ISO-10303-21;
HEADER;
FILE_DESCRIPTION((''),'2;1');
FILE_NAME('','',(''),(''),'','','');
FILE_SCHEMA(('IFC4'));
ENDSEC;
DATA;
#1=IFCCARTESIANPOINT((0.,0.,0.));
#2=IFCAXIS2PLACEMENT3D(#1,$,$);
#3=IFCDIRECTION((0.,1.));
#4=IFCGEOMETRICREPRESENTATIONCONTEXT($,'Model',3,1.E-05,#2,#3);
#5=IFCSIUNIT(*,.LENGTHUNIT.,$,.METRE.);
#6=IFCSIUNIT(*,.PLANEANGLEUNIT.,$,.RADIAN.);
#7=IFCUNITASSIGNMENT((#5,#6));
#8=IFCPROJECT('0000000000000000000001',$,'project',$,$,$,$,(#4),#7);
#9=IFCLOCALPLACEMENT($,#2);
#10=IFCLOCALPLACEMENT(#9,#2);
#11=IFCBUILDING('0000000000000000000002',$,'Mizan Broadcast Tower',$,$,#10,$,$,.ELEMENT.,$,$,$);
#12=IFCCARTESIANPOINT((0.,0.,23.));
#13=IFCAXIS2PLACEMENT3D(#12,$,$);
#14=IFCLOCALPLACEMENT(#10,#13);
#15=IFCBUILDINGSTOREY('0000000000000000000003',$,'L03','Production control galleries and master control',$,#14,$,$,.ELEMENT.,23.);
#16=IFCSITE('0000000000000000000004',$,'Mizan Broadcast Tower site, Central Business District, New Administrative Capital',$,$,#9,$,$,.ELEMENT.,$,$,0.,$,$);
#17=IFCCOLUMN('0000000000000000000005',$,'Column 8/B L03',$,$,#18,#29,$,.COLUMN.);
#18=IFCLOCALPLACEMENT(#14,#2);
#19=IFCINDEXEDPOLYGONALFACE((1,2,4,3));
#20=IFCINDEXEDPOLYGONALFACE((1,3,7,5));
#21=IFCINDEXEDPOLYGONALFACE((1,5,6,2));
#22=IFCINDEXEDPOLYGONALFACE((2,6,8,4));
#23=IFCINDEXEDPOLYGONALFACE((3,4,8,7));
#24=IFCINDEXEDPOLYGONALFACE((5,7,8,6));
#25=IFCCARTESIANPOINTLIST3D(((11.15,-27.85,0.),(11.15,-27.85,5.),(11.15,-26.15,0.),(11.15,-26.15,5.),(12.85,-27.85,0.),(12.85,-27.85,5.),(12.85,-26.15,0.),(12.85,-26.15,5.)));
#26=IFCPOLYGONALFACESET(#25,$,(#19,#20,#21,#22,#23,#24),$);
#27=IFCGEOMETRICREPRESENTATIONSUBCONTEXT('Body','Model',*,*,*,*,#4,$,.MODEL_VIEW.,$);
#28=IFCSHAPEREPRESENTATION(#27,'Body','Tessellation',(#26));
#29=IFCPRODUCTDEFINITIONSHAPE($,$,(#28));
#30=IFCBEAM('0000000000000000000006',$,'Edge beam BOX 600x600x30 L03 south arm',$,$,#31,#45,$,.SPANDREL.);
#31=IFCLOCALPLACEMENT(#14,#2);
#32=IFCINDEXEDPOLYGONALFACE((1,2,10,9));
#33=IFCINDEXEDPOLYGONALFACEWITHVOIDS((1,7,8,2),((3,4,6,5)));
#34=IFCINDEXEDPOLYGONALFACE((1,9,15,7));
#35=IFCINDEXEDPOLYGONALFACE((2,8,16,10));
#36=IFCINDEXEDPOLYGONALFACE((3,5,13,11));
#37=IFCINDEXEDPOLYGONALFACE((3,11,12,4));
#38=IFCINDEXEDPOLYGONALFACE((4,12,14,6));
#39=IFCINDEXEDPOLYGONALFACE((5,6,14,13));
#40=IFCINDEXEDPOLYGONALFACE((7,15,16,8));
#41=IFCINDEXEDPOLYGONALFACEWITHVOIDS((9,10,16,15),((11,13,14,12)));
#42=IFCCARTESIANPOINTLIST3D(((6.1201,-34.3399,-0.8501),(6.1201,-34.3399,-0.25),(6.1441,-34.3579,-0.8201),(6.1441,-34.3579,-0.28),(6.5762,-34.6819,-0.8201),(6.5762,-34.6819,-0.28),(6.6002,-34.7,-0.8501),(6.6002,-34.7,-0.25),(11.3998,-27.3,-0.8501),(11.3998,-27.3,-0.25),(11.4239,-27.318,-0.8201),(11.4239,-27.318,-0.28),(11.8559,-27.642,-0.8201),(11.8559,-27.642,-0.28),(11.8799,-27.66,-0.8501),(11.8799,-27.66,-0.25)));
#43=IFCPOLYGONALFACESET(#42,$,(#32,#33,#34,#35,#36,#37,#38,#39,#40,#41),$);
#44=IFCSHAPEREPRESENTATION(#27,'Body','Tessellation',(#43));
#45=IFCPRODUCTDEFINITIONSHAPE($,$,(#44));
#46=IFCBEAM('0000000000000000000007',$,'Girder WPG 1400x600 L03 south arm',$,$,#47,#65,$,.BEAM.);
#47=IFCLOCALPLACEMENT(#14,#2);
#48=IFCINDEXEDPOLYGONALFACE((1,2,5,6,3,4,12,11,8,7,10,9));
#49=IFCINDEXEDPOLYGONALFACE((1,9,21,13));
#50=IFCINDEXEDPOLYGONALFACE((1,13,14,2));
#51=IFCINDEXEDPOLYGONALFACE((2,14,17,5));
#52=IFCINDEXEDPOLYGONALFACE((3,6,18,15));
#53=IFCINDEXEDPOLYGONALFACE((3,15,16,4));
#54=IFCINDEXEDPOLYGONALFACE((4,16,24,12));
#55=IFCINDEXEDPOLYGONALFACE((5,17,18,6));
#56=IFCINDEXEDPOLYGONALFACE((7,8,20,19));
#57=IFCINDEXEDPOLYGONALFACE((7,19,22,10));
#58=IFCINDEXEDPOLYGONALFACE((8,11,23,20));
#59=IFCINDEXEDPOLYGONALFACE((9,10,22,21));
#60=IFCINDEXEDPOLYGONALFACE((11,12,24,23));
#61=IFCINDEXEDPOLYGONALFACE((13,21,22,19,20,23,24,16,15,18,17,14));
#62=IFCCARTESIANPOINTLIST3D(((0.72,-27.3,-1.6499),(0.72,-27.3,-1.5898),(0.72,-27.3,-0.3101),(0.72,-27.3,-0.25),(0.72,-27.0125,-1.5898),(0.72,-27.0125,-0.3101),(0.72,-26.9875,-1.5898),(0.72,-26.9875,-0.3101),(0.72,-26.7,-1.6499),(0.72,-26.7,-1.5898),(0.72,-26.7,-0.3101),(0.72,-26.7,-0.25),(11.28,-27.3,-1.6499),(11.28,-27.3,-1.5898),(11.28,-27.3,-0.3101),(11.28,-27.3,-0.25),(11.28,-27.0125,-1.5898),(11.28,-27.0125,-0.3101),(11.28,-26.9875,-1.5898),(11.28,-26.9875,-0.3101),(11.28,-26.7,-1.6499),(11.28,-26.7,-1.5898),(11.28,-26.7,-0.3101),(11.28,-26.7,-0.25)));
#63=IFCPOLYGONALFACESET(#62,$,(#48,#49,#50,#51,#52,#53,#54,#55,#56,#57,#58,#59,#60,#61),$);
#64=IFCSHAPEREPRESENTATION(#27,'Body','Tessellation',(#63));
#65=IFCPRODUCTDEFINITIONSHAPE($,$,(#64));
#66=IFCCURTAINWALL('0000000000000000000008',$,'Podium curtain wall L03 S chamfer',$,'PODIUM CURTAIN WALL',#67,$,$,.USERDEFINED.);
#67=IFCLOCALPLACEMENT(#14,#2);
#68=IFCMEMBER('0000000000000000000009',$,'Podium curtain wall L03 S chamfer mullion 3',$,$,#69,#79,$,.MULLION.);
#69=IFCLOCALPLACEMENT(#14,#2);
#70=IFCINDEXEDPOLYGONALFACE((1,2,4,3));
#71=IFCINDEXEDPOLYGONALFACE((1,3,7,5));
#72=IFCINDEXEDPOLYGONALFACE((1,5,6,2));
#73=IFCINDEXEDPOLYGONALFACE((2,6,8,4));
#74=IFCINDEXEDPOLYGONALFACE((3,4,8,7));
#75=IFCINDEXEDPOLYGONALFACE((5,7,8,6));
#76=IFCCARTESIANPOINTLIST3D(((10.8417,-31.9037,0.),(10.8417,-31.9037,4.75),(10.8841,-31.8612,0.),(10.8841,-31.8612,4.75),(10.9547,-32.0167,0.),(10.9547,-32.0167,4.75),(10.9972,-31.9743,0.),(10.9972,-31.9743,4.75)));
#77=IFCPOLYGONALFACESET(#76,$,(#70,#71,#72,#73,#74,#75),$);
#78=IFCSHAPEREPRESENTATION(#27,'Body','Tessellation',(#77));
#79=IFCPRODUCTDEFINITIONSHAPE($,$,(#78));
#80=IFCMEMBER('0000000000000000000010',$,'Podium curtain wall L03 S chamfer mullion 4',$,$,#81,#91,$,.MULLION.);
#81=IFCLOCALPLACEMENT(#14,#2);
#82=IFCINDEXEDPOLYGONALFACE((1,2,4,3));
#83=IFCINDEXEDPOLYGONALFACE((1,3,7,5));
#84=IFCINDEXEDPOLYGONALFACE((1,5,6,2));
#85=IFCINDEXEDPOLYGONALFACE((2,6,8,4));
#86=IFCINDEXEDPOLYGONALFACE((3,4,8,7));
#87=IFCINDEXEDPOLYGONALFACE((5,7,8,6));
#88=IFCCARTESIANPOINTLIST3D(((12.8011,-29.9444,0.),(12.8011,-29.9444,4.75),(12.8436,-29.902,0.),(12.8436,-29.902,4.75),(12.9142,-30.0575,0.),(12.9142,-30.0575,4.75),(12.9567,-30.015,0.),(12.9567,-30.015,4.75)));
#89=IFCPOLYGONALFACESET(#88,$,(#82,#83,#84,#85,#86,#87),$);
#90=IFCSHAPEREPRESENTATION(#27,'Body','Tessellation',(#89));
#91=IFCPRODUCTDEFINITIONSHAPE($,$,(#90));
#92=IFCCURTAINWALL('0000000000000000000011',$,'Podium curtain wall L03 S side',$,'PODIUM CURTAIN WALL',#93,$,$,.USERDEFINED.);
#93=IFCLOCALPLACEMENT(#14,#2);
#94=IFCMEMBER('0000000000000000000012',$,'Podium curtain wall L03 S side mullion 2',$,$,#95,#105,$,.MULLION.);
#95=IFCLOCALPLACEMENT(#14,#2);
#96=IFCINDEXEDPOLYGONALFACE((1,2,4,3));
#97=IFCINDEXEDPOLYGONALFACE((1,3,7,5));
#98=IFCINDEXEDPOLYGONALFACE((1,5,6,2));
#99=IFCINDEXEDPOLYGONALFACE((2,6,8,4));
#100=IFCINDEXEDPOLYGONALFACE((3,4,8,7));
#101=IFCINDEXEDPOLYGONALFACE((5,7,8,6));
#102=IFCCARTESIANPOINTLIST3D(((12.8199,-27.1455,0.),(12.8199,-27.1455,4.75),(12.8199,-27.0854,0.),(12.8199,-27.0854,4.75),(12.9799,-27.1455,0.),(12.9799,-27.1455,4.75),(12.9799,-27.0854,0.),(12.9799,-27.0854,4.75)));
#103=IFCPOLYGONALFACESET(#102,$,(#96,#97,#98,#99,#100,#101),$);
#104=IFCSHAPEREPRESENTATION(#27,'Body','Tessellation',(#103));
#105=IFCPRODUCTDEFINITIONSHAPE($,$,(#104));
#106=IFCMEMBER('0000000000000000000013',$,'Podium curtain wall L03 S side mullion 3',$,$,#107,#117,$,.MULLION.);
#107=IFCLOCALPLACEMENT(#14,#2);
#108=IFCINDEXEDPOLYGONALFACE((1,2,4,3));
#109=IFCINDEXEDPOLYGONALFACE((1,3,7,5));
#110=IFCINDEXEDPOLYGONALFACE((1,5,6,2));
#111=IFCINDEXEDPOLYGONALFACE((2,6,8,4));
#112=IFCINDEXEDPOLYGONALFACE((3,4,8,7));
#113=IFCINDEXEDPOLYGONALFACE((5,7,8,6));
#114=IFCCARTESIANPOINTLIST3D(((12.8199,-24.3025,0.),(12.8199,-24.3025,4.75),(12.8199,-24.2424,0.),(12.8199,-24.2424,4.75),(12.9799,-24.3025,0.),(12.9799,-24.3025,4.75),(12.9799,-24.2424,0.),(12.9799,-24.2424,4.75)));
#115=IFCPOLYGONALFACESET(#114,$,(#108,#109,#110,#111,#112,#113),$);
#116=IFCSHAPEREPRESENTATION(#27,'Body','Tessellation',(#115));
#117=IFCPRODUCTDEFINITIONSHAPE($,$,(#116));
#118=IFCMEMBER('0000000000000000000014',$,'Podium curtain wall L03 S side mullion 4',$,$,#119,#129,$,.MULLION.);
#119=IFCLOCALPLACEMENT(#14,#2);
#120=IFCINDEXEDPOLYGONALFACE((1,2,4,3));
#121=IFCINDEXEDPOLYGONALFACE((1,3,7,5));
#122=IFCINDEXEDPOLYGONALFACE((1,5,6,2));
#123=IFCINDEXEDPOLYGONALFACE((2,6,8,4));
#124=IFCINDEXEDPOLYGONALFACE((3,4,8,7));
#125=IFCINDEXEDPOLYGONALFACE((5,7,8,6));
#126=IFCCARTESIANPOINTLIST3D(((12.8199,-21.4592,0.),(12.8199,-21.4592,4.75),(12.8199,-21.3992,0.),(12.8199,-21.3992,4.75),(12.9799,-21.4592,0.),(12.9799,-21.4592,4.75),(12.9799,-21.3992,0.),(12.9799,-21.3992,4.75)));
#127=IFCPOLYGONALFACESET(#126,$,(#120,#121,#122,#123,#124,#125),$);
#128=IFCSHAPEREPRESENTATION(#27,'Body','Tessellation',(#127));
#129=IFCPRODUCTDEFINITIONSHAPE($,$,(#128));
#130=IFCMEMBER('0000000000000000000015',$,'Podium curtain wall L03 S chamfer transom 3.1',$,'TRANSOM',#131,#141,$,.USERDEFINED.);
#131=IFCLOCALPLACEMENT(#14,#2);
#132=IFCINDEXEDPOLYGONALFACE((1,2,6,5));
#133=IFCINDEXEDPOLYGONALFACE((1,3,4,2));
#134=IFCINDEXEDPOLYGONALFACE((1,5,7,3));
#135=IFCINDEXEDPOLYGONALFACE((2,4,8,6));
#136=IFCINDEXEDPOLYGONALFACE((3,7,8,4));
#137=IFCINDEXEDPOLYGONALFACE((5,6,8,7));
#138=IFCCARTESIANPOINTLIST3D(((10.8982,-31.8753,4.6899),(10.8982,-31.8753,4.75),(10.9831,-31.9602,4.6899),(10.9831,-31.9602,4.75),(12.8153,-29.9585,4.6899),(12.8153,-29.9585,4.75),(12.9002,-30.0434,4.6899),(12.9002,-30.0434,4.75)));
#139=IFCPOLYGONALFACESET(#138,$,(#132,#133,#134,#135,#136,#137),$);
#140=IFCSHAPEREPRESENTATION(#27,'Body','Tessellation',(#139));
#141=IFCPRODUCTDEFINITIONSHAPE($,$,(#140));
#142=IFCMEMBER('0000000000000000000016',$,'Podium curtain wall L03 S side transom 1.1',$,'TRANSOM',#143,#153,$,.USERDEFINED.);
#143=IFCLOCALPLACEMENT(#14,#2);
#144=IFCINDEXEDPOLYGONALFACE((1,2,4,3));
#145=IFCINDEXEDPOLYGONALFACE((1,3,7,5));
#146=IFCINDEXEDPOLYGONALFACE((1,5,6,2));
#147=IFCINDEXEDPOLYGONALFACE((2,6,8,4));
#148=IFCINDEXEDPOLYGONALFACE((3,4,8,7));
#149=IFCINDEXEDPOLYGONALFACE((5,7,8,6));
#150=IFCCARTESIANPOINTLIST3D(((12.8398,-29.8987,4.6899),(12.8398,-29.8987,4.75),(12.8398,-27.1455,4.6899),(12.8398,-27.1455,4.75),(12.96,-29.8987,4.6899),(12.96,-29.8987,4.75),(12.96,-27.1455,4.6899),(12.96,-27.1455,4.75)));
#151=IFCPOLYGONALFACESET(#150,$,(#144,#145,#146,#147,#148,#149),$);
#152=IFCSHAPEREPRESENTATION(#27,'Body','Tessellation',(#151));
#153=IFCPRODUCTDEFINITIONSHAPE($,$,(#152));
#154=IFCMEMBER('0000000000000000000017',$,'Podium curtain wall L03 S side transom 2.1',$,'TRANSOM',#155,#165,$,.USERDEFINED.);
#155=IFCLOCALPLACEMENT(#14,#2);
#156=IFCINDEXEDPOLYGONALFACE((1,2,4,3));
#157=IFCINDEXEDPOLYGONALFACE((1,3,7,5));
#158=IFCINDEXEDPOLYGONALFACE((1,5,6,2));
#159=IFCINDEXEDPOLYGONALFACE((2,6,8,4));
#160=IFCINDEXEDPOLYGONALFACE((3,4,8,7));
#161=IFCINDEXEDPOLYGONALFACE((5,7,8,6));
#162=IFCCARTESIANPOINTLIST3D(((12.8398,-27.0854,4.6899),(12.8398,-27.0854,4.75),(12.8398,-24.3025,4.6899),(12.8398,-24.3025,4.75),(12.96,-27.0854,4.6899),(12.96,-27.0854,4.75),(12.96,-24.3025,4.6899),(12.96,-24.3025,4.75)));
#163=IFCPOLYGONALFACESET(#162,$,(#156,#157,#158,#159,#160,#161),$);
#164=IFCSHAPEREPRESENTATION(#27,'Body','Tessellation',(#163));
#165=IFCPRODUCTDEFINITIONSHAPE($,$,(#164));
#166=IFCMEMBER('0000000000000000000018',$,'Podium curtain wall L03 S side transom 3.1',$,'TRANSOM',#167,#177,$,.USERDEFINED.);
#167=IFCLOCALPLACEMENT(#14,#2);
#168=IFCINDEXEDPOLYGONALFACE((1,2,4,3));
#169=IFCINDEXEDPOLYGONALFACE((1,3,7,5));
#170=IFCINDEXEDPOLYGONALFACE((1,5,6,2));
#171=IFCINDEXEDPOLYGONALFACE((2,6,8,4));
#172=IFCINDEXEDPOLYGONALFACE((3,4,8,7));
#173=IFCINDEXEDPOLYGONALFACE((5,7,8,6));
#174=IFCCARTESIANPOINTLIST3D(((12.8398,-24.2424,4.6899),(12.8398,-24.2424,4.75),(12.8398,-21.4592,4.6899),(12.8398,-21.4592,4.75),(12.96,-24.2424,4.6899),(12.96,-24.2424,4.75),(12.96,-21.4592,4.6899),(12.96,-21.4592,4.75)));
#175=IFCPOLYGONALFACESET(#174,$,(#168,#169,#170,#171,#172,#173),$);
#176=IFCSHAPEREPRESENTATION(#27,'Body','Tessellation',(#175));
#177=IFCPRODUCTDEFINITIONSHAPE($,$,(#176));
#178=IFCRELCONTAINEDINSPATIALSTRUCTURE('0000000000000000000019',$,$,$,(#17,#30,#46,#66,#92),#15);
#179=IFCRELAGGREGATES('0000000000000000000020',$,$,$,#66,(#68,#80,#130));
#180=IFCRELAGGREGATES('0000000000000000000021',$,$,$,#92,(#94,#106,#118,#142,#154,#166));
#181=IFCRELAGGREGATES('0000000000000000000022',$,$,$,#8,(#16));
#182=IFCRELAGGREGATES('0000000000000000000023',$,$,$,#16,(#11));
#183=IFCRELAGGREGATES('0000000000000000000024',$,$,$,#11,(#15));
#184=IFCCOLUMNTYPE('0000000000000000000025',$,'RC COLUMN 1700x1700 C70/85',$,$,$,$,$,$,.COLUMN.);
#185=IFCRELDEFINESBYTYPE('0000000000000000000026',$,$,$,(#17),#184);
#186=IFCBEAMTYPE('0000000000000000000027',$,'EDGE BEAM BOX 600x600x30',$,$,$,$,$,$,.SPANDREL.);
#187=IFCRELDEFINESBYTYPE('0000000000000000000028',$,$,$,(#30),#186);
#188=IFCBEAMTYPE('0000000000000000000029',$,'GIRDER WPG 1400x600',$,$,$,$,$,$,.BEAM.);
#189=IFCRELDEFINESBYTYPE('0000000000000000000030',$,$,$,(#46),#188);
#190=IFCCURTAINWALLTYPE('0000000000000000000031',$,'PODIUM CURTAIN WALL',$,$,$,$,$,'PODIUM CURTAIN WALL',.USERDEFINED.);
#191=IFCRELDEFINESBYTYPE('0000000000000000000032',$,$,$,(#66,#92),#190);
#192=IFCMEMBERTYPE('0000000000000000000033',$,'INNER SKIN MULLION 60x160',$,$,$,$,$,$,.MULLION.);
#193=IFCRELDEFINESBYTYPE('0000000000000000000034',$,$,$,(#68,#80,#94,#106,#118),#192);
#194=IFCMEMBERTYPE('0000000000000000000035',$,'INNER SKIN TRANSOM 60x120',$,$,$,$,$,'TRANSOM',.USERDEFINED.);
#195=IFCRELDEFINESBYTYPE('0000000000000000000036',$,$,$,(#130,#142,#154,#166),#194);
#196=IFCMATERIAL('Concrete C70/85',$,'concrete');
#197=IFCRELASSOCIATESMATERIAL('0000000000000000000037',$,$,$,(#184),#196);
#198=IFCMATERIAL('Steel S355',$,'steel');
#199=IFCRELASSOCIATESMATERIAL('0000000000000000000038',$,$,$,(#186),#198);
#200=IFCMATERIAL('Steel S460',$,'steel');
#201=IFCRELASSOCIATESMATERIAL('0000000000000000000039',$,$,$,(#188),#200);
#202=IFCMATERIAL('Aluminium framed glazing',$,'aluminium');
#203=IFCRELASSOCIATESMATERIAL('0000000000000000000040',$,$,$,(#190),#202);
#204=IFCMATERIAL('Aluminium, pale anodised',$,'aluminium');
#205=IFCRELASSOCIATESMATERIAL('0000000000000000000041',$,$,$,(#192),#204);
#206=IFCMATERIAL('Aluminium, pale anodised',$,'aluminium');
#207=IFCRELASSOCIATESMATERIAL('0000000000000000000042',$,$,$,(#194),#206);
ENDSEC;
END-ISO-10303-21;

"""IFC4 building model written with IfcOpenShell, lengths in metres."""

from ifc_helpers import new_model, si_unit, direction, frame, origin, origin_2d, place, context, subcontext, project, spatial, rectangle, hollow_rectangle, i_section, extrude, material, material_profile, profile_set, type_object, element, aggregate, save


model = new_model("IFC4")

# Units and contexts
model_context = context("Model", 3, precision=1e-05, world=origin(), true_north=direction((0.0, 1.0)))
body_context = subcontext(model_context, "Body", "Model", "MODEL_VIEW")
ifc_project = project(units=[si_unit("LENGTHUNIT", "METRE"), si_unit("PLANEANGLEUNIT", "RADIAN")], contexts=[model_context])

# Site, building, storey
site_placement = place(None, origin())
site = spatial("IfcSite", under=ifc_project, at=site_placement, Name="Mizan Broadcast Tower site, Central Business District, New Administrative Capital", CompositionType="ELEMENT", RefElevation=0.0)
building_placement = place(site_placement, origin())
building = spatial("IfcBuilding", under=site, at=building_placement, Name="Mizan Broadcast Tower", CompositionType="ELEMENT")
storey_placement = place(building_placement, frame((0.0, 0.0, 23.0)))
storey = spatial("IfcBuildingStorey", under=building, at=storey_placement, Name="L03", Description="Production control galleries and master control", CompositionType="ELEMENT", Elevation=23.0)

# Column
ifc_material_1 = material(Name="Concrete C70/85", Category="concrete")
ifc_material_profile_1 = material_profile(ifc_material_1, rectangle(XDim=1.7, YDim=1.7, at=origin_2d()), Name="RC 1700x1700")
ifc_profile_set_1 = profile_set([ifc_material_profile_1], Name="Concrete C70/85")
column_type = type_object("IfcColumnType", Name="RC COLUMN 1700x1700 C70/85", PredefinedType="COLUMN", material=ifc_profile_set_1)
column_placement = place(storey_placement, frame((12.0, -27.0, 0.0), z_axis=(0.0, 0.0, 1.0), x_axis=(1.0, 0.0, 0.0)))
element("IfcColumn", 1, at=column_placement, inside=storey, type_object=column_type, Name="Column 8/B L03", PredefinedType="COLUMN", context=body_context, shape_type="SweptSolid", body=[
    extrude(rectangle(XDim=1.7, YDim=1.7, at=origin_2d()), origin(), (0.0, 0.0, 1.0), 5.0),
])

# Beams
ifc_material_2 = material(Name="Steel S355", Category="steel")
ifc_material_profile_2 = material_profile(ifc_material_2, hollow_rectangle(XDim=0.6001, YDim=0.6001, WallThickness=0.03, at=origin_2d()), Name="BOX 600x600x30")
ifc_profile_set_2 = profile_set([ifc_material_profile_2], Name="Steel S355")
beam_type_1 = type_object("IfcBeamType", Name="EDGE BEAM BOX 600x600x30", PredefinedType="SPANDREL", material=ifc_profile_set_2)
beam_1_placement = place(storey_placement, frame((11.6399, -27.48, -0.55), z_axis=(-0.599982, -0.800013, 0.0), x_axis=(0.800013, -0.599982, 0.0)))
element("IfcBeam", 2, at=beam_1_placement, inside=storey, type_object=beam_type_1, Name="Edge beam BOX 600x600x30 L03 south arm", PredefinedType="SPANDREL", context=body_context, shape_type="SweptSolid", body=[
    extrude(hollow_rectangle(XDim=0.6001, YDim=0.6001, WallThickness=0.03, at=origin_2d()), origin(), (0.0, 0.0, 1.0), 8.7998),
])
ifc_material_3 = material(Name="Steel S460", Category="steel")
ifc_material_profile_3 = material_profile(ifc_material_3, i_section(OverallWidth=0.6001, OverallDepth=1.3999, WebThickness=0.0249, FlangeThickness=0.0601, at=origin_2d()), Name="WPG 1400x600")
ifc_profile_set_3 = profile_set([ifc_material_profile_3], Name="Steel S460")
beam_type_2 = type_object("IfcBeamType", Name="GIRDER WPG 1400x600", PredefinedType="BEAM", material=ifc_profile_set_3)
beam_2_placement = place(storey_placement, frame((0.72, -27.0, -0.95), z_axis=(1.0, 0.0, 0.0), x_axis=(0.0, 1.0, 0.0)))
element("IfcBeam", 3, at=beam_2_placement, inside=storey, type_object=beam_type_2, Name="Girder WPG 1400x600 L03 south arm", PredefinedType="BEAM", context=body_context, shape_type="SweptSolid", body=[
    extrude(i_section(OverallWidth=0.6001, OverallDepth=1.3999, WebThickness=0.0249, FlangeThickness=0.0601, at=origin_2d()), origin(), (0.0, 0.0, 1.0), 10.5601),
])

# Curtain walls, members
ifc_material_4 = material(Name="Aluminium framed glazing", Category="aluminium")
curtain_wall_type_1 = type_object("IfcCurtainWallType", Name="PODIUM CURTAIN WALL", ElementType="PODIUM CURTAIN WALL", PredefinedType="USERDEFINED", material=ifc_material_4)
curtain_wall_1_placement = place(storey_placement, origin())
curtain_wall_1 = element("IfcCurtainWall", 4, at=curtain_wall_1_placement, inside=storey, type_object=curtain_wall_type_1, Name="Podium curtain wall L03 S chamfer", ObjectType="PODIUM CURTAIN WALL", PredefinedType="USERDEFINED")
ifc_material_5 = material(Name="Aluminium, pale anodised", Category="aluminium")
ifc_material_profile_4 = material_profile(ifc_material_5, rectangle(XDim=0.1599, YDim=0.0601, at=origin_2d()), Name="MULLION 160x60")
ifc_profile_set_4 = profile_set([ifc_material_profile_4], Name="Aluminium, pale anodised")
member_type_1 = type_object("IfcMemberType", Name="INNER SKIN MULLION 60x160", PredefinedType="MULLION", material=ifc_profile_set_4)
member_1_placement = place(storey_placement, frame((10.9194, -31.939, 0.0), z_axis=(0.0, 0.0, 1.0), x_axis=(-0.707107, 0.707107, 0.0)))
member_1 = element("IfcMember", 5, at=member_1_placement, type_object=member_type_1, Name="Podium curtain wall L03 S chamfer mullion 3", PredefinedType="MULLION", context=body_context, shape_type="SweptSolid", body=[
    extrude(rectangle(XDim=0.1599, YDim=0.0601, at=origin_2d()), origin(), (0.0, 0.0, 1.0), 4.75),
])
member_2_placement = place(storey_placement, frame((12.8789, -29.9797, 0.0), z_axis=(0.0, 0.0, 1.0), x_axis=(-0.707107, 0.707107, 0.0)))
member_2 = element("IfcMember", 6, at=member_2_placement, type_object=member_type_1, Name="Podium curtain wall L03 S chamfer mullion 4", PredefinedType="MULLION", context=body_context, shape_type="SweptSolid", body=[
    extrude(rectangle(XDim=0.1599, YDim=0.0601, at=origin_2d()), origin(), (0.0, 0.0, 1.0), 4.75),
])
curtain_wall_2_placement = place(storey_placement, origin())
curtain_wall_2 = element("IfcCurtainWall", 7, at=curtain_wall_2_placement, inside=storey, type_object=curtain_wall_type_1, Name="Podium curtain wall L03 S side", ObjectType="PODIUM CURTAIN WALL", PredefinedType="USERDEFINED")
member_3_placement = place(storey_placement, frame((12.8999, -27.1155, 0.0), z_axis=(0.0, 0.0, 1.0), x_axis=(-1.0, 0.0, 0.0)))
member_3 = element("IfcMember", 8, at=member_3_placement, type_object=member_type_1, Name="Podium curtain wall L03 S side mullion 2", PredefinedType="MULLION", context=body_context, shape_type="SweptSolid", body=[
    extrude(rectangle(XDim=0.1599, YDim=0.0601, at=origin_2d()), origin(), (0.0, 0.0, 1.0), 4.75),
])
member_4_placement = place(storey_placement, frame((12.8999, -24.2725, 0.0), z_axis=(0.0, 0.0, 1.0), x_axis=(-1.0, 0.0, 0.0)))
member_4 = element("IfcMember", 9, at=member_4_placement, type_object=member_type_1, Name="Podium curtain wall L03 S side mullion 3", PredefinedType="MULLION", context=body_context, shape_type="SweptSolid", body=[
    extrude(rectangle(XDim=0.1599, YDim=0.0601, at=origin_2d()), origin(), (0.0, 0.0, 1.0), 4.75),
])
member_5_placement = place(storey_placement, frame((12.8999, -21.4292, 0.0), z_axis=(0.0, 0.0, 1.0), x_axis=(-1.0, 0.0, 0.0)))
member_5 = element("IfcMember", 10, at=member_5_placement, type_object=member_type_1, Name="Podium curtain wall L03 S side mullion 4", PredefinedType="MULLION", context=body_context, shape_type="SweptSolid", body=[
    extrude(rectangle(XDim=0.1599, YDim=0.0601, at=origin_2d()), origin(), (0.0, 0.0, 1.0), 4.75),
])

# Members
ifc_material_6 = material(Name="Aluminium, pale anodised", Category="aluminium")
ifc_material_profile_5 = material_profile(ifc_material_6, rectangle(XDim=0.1201, YDim=0.0601, at=origin_2d()), Name="TRANSOM 120x60")
ifc_profile_set_5 = profile_set([ifc_material_profile_5], Name="Aluminium, pale anodised")
member_type_2 = type_object("IfcMemberType", Name="INNER SKIN TRANSOM 60x120", ElementType="TRANSOM", PredefinedType="USERDEFINED", material=ifc_profile_set_5)
member_6_placement = place(storey_placement, frame((10.9407, -31.9177, 4.72), z_axis=(0.707152, 0.707062, 0.0), x_axis=(-0.707062, 0.707152, 0.0)))
member_6 = element("IfcMember", 11, at=member_6_placement, type_object=member_type_2, Name="Podium curtain wall L03 S chamfer transom 3.1", ObjectType="TRANSOM", PredefinedType="USERDEFINED", context=body_context, shape_type="SweptSolid", body=[
    extrude(rectangle(XDim=0.1201, YDim=0.0601, at=origin_2d()), origin(), (0.0, 0.0, 1.0), 2.7109),
])
member_7_placement = place(storey_placement, frame((12.8999, -29.8987, 4.72), z_axis=(0.0, 1.0, 0.0), x_axis=(-1.0, 0.0, 0.0)))
member_7 = element("IfcMember", 12, at=member_7_placement, type_object=member_type_2, Name="Podium curtain wall L03 S side transom 1.1", ObjectType="TRANSOM", PredefinedType="USERDEFINED", context=body_context, shape_type="SweptSolid", body=[
    extrude(rectangle(XDim=0.1201, YDim=0.0601, at=origin_2d()), origin(), (0.0, 0.0, 1.0), 2.7532),
])
member_8_placement = place(storey_placement, frame((12.8999, -27.0854, 4.72), z_axis=(0.0, 1.0, 0.0), x_axis=(-1.0, 0.0, 0.0)))
member_8 = element("IfcMember", 13, at=member_8_placement, type_object=member_type_2, Name="Podium curtain wall L03 S side transom 2.1", ObjectType="TRANSOM", PredefinedType="USERDEFINED", context=body_context, shape_type="SweptSolid", body=[
    extrude(rectangle(XDim=0.1201, YDim=0.0601, at=origin_2d()), origin(), (0.0, 0.0, 1.0), 2.783),
])
member_9_placement = place(storey_placement, frame((12.8999, -24.2424, 4.72), z_axis=(0.0, 1.0, 0.0), x_axis=(-1.0, 0.0, 0.0)))
member_9 = element("IfcMember", 14, at=member_9_placement, type_object=member_type_2, Name="Podium curtain wall L03 S side transom 3.1", ObjectType="TRANSOM", PredefinedType="USERDEFINED", context=body_context, shape_type="SweptSolid", body=[
    extrude(rectangle(XDim=0.1201, YDim=0.0601, at=origin_2d()), origin(), (0.0, 0.0, 1.0), 2.7832),
])

aggregate(curtain_wall_1, [member_1, member_2, member_6])
aggregate(curtain_wall_2, [member_3, member_4, member_5, member_7, member_8, member_9])

save(model, "model.ifc")
